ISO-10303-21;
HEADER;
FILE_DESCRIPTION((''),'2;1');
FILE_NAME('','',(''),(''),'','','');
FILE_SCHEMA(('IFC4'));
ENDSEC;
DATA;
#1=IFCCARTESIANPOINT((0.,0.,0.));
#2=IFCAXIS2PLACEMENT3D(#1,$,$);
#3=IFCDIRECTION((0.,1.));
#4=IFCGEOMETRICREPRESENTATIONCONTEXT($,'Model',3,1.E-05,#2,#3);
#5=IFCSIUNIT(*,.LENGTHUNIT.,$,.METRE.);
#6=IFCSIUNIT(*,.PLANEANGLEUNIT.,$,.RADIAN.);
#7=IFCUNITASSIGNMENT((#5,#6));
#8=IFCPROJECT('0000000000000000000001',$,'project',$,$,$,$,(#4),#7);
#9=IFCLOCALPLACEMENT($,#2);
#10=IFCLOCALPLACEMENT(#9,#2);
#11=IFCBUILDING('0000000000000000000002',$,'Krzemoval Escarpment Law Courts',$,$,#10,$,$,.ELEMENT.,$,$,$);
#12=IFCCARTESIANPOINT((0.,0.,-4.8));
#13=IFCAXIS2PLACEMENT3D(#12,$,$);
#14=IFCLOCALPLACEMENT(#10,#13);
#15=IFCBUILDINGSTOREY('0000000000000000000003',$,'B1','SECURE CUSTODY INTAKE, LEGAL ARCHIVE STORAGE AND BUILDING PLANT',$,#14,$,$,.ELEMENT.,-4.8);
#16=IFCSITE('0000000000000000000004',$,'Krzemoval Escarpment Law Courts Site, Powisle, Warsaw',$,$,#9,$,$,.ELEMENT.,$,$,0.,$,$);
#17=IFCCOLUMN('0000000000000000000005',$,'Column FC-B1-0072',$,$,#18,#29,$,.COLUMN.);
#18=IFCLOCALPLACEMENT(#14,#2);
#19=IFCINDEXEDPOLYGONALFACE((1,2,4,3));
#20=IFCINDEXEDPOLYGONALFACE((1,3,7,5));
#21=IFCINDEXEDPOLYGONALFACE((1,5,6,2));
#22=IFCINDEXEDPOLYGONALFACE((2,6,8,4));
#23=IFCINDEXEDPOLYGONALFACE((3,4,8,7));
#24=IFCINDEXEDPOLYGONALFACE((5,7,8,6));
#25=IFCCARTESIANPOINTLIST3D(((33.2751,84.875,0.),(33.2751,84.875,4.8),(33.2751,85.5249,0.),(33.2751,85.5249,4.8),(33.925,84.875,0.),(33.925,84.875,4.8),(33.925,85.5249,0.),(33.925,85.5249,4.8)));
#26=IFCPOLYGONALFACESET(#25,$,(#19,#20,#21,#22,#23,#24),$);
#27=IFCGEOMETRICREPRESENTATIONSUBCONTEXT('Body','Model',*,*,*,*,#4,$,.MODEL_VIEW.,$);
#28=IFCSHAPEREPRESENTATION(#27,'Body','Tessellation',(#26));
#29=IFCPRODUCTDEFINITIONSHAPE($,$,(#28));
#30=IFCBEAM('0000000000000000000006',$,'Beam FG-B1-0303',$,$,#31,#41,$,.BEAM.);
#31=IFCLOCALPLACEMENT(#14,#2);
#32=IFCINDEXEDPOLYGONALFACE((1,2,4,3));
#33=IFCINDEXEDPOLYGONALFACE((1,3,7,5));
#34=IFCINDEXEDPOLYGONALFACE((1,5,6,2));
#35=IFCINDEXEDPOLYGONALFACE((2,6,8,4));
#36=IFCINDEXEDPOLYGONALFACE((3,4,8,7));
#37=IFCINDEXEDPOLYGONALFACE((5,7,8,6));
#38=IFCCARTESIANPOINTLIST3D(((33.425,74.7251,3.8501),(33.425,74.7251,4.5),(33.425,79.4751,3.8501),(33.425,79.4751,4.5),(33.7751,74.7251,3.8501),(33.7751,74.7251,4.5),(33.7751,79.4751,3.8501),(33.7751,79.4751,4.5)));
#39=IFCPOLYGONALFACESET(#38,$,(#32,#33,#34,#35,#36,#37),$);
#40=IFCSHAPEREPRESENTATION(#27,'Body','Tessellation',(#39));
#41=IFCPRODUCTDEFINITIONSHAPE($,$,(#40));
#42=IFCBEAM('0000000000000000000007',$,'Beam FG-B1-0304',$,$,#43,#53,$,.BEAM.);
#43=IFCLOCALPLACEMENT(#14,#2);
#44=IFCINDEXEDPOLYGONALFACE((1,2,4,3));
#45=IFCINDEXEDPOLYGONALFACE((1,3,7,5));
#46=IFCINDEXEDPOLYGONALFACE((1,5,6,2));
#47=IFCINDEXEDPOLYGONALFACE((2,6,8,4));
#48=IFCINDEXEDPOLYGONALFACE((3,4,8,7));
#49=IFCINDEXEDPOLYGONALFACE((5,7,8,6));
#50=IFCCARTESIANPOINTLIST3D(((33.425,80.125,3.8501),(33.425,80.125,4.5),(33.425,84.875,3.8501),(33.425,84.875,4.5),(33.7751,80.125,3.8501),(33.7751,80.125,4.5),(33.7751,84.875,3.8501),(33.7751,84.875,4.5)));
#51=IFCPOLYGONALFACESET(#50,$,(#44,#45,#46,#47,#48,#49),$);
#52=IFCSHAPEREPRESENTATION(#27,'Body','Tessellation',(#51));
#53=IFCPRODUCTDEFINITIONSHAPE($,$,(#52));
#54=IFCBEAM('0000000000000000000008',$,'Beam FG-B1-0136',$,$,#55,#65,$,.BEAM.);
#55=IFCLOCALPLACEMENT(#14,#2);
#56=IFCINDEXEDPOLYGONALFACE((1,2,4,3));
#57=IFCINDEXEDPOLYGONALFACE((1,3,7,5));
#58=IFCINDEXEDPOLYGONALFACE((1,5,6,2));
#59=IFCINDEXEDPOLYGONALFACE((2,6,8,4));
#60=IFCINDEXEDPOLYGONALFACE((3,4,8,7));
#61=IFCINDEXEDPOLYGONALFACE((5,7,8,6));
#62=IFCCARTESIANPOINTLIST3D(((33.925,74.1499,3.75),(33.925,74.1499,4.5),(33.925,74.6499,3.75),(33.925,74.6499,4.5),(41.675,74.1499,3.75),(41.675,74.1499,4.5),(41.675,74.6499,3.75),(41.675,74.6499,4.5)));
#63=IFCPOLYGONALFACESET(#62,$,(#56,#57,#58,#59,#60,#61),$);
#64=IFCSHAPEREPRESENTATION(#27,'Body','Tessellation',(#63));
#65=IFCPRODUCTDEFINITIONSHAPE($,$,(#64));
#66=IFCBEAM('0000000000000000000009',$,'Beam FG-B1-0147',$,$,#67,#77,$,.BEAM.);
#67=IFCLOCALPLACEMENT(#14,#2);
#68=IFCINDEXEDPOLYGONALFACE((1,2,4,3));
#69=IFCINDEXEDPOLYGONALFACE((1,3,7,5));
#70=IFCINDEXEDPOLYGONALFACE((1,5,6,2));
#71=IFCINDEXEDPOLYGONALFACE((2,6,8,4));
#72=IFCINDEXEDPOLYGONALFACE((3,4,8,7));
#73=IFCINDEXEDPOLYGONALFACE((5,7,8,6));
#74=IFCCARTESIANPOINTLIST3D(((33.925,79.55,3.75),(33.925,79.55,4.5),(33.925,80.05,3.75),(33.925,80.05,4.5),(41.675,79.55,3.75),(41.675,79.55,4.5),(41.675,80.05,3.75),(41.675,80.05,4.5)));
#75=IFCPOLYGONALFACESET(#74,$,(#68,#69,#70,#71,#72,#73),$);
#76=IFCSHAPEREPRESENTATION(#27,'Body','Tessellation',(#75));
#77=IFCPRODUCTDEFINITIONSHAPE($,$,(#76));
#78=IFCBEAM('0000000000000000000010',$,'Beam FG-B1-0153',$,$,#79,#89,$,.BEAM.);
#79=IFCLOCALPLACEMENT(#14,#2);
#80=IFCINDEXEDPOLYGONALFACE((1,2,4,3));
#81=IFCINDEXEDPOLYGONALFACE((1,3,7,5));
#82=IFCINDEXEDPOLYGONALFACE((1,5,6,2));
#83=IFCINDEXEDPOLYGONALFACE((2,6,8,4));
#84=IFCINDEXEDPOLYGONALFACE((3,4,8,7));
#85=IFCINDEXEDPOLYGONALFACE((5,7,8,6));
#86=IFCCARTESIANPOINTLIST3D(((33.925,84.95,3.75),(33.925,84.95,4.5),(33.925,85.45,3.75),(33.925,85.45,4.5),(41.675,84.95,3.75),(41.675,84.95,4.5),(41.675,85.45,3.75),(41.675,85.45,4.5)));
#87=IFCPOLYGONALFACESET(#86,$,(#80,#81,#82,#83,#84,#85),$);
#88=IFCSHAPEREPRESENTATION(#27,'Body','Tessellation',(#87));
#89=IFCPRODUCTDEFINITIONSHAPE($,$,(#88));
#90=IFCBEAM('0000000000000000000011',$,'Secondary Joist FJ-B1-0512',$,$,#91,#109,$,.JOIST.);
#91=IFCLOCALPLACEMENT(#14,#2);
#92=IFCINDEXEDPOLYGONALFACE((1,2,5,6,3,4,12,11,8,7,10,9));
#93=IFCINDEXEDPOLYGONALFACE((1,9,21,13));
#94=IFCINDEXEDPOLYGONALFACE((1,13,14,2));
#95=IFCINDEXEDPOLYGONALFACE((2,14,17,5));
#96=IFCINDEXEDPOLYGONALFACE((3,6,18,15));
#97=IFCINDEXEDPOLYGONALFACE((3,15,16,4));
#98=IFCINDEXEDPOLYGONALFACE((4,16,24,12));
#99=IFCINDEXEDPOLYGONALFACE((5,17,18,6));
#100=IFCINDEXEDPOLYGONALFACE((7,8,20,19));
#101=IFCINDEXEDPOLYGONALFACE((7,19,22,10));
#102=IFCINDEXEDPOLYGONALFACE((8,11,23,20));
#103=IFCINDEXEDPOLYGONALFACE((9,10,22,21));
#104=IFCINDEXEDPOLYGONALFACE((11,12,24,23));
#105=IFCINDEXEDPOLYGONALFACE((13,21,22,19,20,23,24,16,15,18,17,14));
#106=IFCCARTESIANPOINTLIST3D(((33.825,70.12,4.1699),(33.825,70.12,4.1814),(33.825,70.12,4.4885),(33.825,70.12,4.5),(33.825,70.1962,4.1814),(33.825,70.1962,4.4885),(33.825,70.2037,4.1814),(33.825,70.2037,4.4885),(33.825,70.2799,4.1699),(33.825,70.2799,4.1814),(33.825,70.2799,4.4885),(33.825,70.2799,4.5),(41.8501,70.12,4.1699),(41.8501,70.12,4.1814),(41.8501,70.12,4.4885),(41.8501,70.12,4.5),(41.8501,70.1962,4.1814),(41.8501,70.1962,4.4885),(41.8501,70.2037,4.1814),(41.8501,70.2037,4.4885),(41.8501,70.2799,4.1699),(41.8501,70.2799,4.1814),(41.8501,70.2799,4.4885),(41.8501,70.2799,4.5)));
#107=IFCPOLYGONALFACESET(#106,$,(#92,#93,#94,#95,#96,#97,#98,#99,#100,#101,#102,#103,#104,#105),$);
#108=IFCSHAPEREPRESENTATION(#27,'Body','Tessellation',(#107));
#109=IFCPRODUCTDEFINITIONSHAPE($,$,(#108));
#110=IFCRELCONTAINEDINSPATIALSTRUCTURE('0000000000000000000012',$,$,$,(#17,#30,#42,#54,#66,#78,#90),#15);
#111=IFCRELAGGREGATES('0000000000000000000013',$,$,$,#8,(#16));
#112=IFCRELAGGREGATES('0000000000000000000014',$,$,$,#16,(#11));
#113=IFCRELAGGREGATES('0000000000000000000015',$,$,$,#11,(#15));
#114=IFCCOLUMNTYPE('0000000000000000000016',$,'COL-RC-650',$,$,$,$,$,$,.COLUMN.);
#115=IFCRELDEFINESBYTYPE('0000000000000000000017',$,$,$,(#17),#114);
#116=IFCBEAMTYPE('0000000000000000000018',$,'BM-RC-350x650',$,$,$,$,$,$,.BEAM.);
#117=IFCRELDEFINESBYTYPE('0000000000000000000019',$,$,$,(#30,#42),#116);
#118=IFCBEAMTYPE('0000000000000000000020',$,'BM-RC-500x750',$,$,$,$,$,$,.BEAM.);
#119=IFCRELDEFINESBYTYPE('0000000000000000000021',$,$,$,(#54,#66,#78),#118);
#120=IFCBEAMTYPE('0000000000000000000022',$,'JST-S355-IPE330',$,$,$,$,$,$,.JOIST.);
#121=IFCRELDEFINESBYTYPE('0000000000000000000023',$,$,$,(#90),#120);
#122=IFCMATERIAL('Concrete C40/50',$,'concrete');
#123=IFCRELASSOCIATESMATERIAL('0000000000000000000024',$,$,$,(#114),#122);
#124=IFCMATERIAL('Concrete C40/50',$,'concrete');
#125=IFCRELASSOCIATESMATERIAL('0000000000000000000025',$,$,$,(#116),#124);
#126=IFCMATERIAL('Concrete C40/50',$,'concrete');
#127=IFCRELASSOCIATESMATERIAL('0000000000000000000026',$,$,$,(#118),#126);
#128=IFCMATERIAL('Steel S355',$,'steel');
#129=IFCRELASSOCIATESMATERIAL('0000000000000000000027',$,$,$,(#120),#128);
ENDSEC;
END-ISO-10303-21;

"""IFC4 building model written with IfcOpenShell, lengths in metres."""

from ifc_helpers import new_model, si_unit, direction, frame, origin, origin_2d, place, context, subcontext, project, spatial, rectangle, i_section, extrude, material, material_profile, profile_set, type_object, element, save


model = new_model("IFC4")

# Units and contexts
model_context = context("Model", 3, precision=1e-05, world=origin(), true_north=direction((0.0, 1.0)))
body_context = subcontext(model_context, "Body", "Model", "MODEL_VIEW")
ifc_project = project(units=[si_unit("LENGTHUNIT", "METRE"), si_unit("PLANEANGLEUNIT", "RADIAN")], contexts=[model_context])

# Site, building, storey
site_placement = place(None, origin())
site = spatial("IfcSite", under=ifc_project, at=site_placement, Name="Krzemoval Escarpment Law Courts Site, Powisle, Warsaw", CompositionType="ELEMENT", RefElevation=0.0)
building_placement = place(site_placement, origin())
building = spatial("IfcBuilding", under=site, at=building_placement, Name="Krzemoval Escarpment Law Courts", CompositionType="ELEMENT")
storey_placement = place(building_placement, frame((0.0, 0.0, -4.8)))
storey = spatial("IfcBuildingStorey", under=building, at=storey_placement, Name="B1", Description="SECURE CUSTODY INTAKE, LEGAL ARCHIVE STORAGE AND BUILDING PLANT", CompositionType="ELEMENT", Elevation=-4.8)

# Column
ifc_material_1 = material(Name="Concrete C40/50", Category="concrete")
ifc_material_profile_1 = material_profile(ifc_material_1, rectangle(XDim=0.6499, YDim=0.6499, at=origin_2d()), Name="RC 650x650")
ifc_profile_set_1 = profile_set([ifc_material_profile_1], Name="Concrete C40/50")
column_type = type_object("IfcColumnType", Name="COL-RC-650", PredefinedType="COLUMN", material=ifc_profile_set_1)
for number, where, z_axis, x_axis, name in (
    (1, (33.6001, 85.2, 0.0), (0.0, 0.0, 1.0), (1.0, 0.0, 0.0), "Column FC-B1-0072"),
):
    element("IfcColumn", number, at=place(storey_placement, frame(where, z_axis=z_axis, x_axis=x_axis)), inside=storey, type_object=column_type, Name=name, PredefinedType="COLUMN", context=body_context, shape_type="SweptSolid", body=[
        extrude(rectangle(XDim=0.6499, YDim=0.6499, at=origin_2d()), origin(), (0.0, 0.0, 1.0), 4.8),
    ])

# Beams
ifc_material_2 = material(Name="Concrete C40/50", Category="concrete")
ifc_material_profile_2 = material_profile(ifc_material_2, rectangle(XDim=0.3501, YDim=0.6499, at=origin_2d()), Name="RCB 350x650")
ifc_profile_set_2 = profile_set([ifc_material_profile_2], Name="Concrete C40/50")
beam_type_1 = type_object("IfcBeamType", Name="BM-RC-350x650", PredefinedType="BEAM", material=ifc_profile_set_2)
for number, where, z_axis, x_axis, name in (
    (2, (33.6001, 74.7251, 4.175), (0.0, 1.0, 0.0), (-1.0, 0.0, 0.0), "Beam FG-B1-0303"),
    (3, (33.6001, 80.125, 4.175), (0.0, 1.0, 0.0), (-1.0, 0.0, 0.0), "Beam FG-B1-0304"),
):
    element("IfcBeam", number, at=place(storey_placement, frame(where, z_axis=z_axis, x_axis=x_axis)), inside=storey, type_object=beam_type_1, Name=name, PredefinedType="BEAM", context=body_context, shape_type="SweptSolid", body=[
        extrude(rectangle(XDim=0.3501, YDim=0.6499, at=origin_2d()), origin(), (0.0, 0.0, 1.0), 4.75),
    ])
ifc_material_3 = material(Name="Concrete C40/50", Category="concrete")
ifc_material_profile_3 = material_profile(ifc_material_3, rectangle(XDim=0.5, YDim=0.75, at=origin_2d()), Name="RCB 500x750")
ifc_profile_set_3 = profile_set([ifc_material_profile_3], Name="Concrete C40/50")
beam_type_2 = type_object("IfcBeamType", Name="BM-RC-500x750", PredefinedType="BEAM", material=ifc_profile_set_3)
for number, where, z_axis, x_axis, name in (
    (4, (33.925, 74.3999, 4.125), (1.0, 0.0, 0.0), (0.0, 1.0, 0.0), "Beam FG-B1-0136"),
    (5, (33.925, 79.8, 4.125), (1.0, 0.0, 0.0), (0.0, 1.0, 0.0), "Beam FG-B1-0147"),
    (6, (33.925, 85.2, 4.125), (1.0, 0.0, 0.0), (0.0, 1.0, 0.0), "Beam FG-B1-0153"),
):
    element("IfcBeam", number, at=place(storey_placement, frame(where, z_axis=z_axis, x_axis=x_axis)), inside=storey, type_object=beam_type_2, Name=name, PredefinedType="BEAM", context=body_context, shape_type="SweptSolid", body=[
        extrude(rectangle(XDim=0.5, YDim=0.75, at=origin_2d()), origin(), (0.0, 0.0, 1.0), 7.75),
    ])
ifc_material_4 = material(Name="Steel S355", Category="steel")
ifc_material_profile_4 = material_profile(ifc_material_4, i_section(OverallWidth=0.1599, OverallDepth=0.3301, WebThickness=0.0076, FlangeThickness=0.0115, at=origin_2d()), Name="IPE 330")
ifc_profile_set_4 = profile_set([ifc_material_profile_4], Name="Steel S355")
beam_type_3 = type_object("IfcBeamType", Name="JST-S355-IPE330", PredefinedType="JOIST", material=ifc_profile_set_4)
beam_placement = place(storey_placement, frame((33.825, 70.2, 4.335), z_axis=(1.0, 0.0, 0.0), x_axis=(0.0, 1.0, 0.0)))
element("IfcBeam", 7, at=beam_placement, inside=storey, type_object=beam_type_3, Name="Secondary Joist FJ-B1-0512", PredefinedType="JOIST", context=body_context, shape_type="SweptSolid", body=[
    extrude(i_section(OverallWidth=0.1599, OverallDepth=0.3301, WebThickness=0.0076, FlangeThickness=0.0115, at=origin_2d()), origin(), (0.0, 0.0, 1.0), 8.0251),
])

save(model, "model.ifc")
